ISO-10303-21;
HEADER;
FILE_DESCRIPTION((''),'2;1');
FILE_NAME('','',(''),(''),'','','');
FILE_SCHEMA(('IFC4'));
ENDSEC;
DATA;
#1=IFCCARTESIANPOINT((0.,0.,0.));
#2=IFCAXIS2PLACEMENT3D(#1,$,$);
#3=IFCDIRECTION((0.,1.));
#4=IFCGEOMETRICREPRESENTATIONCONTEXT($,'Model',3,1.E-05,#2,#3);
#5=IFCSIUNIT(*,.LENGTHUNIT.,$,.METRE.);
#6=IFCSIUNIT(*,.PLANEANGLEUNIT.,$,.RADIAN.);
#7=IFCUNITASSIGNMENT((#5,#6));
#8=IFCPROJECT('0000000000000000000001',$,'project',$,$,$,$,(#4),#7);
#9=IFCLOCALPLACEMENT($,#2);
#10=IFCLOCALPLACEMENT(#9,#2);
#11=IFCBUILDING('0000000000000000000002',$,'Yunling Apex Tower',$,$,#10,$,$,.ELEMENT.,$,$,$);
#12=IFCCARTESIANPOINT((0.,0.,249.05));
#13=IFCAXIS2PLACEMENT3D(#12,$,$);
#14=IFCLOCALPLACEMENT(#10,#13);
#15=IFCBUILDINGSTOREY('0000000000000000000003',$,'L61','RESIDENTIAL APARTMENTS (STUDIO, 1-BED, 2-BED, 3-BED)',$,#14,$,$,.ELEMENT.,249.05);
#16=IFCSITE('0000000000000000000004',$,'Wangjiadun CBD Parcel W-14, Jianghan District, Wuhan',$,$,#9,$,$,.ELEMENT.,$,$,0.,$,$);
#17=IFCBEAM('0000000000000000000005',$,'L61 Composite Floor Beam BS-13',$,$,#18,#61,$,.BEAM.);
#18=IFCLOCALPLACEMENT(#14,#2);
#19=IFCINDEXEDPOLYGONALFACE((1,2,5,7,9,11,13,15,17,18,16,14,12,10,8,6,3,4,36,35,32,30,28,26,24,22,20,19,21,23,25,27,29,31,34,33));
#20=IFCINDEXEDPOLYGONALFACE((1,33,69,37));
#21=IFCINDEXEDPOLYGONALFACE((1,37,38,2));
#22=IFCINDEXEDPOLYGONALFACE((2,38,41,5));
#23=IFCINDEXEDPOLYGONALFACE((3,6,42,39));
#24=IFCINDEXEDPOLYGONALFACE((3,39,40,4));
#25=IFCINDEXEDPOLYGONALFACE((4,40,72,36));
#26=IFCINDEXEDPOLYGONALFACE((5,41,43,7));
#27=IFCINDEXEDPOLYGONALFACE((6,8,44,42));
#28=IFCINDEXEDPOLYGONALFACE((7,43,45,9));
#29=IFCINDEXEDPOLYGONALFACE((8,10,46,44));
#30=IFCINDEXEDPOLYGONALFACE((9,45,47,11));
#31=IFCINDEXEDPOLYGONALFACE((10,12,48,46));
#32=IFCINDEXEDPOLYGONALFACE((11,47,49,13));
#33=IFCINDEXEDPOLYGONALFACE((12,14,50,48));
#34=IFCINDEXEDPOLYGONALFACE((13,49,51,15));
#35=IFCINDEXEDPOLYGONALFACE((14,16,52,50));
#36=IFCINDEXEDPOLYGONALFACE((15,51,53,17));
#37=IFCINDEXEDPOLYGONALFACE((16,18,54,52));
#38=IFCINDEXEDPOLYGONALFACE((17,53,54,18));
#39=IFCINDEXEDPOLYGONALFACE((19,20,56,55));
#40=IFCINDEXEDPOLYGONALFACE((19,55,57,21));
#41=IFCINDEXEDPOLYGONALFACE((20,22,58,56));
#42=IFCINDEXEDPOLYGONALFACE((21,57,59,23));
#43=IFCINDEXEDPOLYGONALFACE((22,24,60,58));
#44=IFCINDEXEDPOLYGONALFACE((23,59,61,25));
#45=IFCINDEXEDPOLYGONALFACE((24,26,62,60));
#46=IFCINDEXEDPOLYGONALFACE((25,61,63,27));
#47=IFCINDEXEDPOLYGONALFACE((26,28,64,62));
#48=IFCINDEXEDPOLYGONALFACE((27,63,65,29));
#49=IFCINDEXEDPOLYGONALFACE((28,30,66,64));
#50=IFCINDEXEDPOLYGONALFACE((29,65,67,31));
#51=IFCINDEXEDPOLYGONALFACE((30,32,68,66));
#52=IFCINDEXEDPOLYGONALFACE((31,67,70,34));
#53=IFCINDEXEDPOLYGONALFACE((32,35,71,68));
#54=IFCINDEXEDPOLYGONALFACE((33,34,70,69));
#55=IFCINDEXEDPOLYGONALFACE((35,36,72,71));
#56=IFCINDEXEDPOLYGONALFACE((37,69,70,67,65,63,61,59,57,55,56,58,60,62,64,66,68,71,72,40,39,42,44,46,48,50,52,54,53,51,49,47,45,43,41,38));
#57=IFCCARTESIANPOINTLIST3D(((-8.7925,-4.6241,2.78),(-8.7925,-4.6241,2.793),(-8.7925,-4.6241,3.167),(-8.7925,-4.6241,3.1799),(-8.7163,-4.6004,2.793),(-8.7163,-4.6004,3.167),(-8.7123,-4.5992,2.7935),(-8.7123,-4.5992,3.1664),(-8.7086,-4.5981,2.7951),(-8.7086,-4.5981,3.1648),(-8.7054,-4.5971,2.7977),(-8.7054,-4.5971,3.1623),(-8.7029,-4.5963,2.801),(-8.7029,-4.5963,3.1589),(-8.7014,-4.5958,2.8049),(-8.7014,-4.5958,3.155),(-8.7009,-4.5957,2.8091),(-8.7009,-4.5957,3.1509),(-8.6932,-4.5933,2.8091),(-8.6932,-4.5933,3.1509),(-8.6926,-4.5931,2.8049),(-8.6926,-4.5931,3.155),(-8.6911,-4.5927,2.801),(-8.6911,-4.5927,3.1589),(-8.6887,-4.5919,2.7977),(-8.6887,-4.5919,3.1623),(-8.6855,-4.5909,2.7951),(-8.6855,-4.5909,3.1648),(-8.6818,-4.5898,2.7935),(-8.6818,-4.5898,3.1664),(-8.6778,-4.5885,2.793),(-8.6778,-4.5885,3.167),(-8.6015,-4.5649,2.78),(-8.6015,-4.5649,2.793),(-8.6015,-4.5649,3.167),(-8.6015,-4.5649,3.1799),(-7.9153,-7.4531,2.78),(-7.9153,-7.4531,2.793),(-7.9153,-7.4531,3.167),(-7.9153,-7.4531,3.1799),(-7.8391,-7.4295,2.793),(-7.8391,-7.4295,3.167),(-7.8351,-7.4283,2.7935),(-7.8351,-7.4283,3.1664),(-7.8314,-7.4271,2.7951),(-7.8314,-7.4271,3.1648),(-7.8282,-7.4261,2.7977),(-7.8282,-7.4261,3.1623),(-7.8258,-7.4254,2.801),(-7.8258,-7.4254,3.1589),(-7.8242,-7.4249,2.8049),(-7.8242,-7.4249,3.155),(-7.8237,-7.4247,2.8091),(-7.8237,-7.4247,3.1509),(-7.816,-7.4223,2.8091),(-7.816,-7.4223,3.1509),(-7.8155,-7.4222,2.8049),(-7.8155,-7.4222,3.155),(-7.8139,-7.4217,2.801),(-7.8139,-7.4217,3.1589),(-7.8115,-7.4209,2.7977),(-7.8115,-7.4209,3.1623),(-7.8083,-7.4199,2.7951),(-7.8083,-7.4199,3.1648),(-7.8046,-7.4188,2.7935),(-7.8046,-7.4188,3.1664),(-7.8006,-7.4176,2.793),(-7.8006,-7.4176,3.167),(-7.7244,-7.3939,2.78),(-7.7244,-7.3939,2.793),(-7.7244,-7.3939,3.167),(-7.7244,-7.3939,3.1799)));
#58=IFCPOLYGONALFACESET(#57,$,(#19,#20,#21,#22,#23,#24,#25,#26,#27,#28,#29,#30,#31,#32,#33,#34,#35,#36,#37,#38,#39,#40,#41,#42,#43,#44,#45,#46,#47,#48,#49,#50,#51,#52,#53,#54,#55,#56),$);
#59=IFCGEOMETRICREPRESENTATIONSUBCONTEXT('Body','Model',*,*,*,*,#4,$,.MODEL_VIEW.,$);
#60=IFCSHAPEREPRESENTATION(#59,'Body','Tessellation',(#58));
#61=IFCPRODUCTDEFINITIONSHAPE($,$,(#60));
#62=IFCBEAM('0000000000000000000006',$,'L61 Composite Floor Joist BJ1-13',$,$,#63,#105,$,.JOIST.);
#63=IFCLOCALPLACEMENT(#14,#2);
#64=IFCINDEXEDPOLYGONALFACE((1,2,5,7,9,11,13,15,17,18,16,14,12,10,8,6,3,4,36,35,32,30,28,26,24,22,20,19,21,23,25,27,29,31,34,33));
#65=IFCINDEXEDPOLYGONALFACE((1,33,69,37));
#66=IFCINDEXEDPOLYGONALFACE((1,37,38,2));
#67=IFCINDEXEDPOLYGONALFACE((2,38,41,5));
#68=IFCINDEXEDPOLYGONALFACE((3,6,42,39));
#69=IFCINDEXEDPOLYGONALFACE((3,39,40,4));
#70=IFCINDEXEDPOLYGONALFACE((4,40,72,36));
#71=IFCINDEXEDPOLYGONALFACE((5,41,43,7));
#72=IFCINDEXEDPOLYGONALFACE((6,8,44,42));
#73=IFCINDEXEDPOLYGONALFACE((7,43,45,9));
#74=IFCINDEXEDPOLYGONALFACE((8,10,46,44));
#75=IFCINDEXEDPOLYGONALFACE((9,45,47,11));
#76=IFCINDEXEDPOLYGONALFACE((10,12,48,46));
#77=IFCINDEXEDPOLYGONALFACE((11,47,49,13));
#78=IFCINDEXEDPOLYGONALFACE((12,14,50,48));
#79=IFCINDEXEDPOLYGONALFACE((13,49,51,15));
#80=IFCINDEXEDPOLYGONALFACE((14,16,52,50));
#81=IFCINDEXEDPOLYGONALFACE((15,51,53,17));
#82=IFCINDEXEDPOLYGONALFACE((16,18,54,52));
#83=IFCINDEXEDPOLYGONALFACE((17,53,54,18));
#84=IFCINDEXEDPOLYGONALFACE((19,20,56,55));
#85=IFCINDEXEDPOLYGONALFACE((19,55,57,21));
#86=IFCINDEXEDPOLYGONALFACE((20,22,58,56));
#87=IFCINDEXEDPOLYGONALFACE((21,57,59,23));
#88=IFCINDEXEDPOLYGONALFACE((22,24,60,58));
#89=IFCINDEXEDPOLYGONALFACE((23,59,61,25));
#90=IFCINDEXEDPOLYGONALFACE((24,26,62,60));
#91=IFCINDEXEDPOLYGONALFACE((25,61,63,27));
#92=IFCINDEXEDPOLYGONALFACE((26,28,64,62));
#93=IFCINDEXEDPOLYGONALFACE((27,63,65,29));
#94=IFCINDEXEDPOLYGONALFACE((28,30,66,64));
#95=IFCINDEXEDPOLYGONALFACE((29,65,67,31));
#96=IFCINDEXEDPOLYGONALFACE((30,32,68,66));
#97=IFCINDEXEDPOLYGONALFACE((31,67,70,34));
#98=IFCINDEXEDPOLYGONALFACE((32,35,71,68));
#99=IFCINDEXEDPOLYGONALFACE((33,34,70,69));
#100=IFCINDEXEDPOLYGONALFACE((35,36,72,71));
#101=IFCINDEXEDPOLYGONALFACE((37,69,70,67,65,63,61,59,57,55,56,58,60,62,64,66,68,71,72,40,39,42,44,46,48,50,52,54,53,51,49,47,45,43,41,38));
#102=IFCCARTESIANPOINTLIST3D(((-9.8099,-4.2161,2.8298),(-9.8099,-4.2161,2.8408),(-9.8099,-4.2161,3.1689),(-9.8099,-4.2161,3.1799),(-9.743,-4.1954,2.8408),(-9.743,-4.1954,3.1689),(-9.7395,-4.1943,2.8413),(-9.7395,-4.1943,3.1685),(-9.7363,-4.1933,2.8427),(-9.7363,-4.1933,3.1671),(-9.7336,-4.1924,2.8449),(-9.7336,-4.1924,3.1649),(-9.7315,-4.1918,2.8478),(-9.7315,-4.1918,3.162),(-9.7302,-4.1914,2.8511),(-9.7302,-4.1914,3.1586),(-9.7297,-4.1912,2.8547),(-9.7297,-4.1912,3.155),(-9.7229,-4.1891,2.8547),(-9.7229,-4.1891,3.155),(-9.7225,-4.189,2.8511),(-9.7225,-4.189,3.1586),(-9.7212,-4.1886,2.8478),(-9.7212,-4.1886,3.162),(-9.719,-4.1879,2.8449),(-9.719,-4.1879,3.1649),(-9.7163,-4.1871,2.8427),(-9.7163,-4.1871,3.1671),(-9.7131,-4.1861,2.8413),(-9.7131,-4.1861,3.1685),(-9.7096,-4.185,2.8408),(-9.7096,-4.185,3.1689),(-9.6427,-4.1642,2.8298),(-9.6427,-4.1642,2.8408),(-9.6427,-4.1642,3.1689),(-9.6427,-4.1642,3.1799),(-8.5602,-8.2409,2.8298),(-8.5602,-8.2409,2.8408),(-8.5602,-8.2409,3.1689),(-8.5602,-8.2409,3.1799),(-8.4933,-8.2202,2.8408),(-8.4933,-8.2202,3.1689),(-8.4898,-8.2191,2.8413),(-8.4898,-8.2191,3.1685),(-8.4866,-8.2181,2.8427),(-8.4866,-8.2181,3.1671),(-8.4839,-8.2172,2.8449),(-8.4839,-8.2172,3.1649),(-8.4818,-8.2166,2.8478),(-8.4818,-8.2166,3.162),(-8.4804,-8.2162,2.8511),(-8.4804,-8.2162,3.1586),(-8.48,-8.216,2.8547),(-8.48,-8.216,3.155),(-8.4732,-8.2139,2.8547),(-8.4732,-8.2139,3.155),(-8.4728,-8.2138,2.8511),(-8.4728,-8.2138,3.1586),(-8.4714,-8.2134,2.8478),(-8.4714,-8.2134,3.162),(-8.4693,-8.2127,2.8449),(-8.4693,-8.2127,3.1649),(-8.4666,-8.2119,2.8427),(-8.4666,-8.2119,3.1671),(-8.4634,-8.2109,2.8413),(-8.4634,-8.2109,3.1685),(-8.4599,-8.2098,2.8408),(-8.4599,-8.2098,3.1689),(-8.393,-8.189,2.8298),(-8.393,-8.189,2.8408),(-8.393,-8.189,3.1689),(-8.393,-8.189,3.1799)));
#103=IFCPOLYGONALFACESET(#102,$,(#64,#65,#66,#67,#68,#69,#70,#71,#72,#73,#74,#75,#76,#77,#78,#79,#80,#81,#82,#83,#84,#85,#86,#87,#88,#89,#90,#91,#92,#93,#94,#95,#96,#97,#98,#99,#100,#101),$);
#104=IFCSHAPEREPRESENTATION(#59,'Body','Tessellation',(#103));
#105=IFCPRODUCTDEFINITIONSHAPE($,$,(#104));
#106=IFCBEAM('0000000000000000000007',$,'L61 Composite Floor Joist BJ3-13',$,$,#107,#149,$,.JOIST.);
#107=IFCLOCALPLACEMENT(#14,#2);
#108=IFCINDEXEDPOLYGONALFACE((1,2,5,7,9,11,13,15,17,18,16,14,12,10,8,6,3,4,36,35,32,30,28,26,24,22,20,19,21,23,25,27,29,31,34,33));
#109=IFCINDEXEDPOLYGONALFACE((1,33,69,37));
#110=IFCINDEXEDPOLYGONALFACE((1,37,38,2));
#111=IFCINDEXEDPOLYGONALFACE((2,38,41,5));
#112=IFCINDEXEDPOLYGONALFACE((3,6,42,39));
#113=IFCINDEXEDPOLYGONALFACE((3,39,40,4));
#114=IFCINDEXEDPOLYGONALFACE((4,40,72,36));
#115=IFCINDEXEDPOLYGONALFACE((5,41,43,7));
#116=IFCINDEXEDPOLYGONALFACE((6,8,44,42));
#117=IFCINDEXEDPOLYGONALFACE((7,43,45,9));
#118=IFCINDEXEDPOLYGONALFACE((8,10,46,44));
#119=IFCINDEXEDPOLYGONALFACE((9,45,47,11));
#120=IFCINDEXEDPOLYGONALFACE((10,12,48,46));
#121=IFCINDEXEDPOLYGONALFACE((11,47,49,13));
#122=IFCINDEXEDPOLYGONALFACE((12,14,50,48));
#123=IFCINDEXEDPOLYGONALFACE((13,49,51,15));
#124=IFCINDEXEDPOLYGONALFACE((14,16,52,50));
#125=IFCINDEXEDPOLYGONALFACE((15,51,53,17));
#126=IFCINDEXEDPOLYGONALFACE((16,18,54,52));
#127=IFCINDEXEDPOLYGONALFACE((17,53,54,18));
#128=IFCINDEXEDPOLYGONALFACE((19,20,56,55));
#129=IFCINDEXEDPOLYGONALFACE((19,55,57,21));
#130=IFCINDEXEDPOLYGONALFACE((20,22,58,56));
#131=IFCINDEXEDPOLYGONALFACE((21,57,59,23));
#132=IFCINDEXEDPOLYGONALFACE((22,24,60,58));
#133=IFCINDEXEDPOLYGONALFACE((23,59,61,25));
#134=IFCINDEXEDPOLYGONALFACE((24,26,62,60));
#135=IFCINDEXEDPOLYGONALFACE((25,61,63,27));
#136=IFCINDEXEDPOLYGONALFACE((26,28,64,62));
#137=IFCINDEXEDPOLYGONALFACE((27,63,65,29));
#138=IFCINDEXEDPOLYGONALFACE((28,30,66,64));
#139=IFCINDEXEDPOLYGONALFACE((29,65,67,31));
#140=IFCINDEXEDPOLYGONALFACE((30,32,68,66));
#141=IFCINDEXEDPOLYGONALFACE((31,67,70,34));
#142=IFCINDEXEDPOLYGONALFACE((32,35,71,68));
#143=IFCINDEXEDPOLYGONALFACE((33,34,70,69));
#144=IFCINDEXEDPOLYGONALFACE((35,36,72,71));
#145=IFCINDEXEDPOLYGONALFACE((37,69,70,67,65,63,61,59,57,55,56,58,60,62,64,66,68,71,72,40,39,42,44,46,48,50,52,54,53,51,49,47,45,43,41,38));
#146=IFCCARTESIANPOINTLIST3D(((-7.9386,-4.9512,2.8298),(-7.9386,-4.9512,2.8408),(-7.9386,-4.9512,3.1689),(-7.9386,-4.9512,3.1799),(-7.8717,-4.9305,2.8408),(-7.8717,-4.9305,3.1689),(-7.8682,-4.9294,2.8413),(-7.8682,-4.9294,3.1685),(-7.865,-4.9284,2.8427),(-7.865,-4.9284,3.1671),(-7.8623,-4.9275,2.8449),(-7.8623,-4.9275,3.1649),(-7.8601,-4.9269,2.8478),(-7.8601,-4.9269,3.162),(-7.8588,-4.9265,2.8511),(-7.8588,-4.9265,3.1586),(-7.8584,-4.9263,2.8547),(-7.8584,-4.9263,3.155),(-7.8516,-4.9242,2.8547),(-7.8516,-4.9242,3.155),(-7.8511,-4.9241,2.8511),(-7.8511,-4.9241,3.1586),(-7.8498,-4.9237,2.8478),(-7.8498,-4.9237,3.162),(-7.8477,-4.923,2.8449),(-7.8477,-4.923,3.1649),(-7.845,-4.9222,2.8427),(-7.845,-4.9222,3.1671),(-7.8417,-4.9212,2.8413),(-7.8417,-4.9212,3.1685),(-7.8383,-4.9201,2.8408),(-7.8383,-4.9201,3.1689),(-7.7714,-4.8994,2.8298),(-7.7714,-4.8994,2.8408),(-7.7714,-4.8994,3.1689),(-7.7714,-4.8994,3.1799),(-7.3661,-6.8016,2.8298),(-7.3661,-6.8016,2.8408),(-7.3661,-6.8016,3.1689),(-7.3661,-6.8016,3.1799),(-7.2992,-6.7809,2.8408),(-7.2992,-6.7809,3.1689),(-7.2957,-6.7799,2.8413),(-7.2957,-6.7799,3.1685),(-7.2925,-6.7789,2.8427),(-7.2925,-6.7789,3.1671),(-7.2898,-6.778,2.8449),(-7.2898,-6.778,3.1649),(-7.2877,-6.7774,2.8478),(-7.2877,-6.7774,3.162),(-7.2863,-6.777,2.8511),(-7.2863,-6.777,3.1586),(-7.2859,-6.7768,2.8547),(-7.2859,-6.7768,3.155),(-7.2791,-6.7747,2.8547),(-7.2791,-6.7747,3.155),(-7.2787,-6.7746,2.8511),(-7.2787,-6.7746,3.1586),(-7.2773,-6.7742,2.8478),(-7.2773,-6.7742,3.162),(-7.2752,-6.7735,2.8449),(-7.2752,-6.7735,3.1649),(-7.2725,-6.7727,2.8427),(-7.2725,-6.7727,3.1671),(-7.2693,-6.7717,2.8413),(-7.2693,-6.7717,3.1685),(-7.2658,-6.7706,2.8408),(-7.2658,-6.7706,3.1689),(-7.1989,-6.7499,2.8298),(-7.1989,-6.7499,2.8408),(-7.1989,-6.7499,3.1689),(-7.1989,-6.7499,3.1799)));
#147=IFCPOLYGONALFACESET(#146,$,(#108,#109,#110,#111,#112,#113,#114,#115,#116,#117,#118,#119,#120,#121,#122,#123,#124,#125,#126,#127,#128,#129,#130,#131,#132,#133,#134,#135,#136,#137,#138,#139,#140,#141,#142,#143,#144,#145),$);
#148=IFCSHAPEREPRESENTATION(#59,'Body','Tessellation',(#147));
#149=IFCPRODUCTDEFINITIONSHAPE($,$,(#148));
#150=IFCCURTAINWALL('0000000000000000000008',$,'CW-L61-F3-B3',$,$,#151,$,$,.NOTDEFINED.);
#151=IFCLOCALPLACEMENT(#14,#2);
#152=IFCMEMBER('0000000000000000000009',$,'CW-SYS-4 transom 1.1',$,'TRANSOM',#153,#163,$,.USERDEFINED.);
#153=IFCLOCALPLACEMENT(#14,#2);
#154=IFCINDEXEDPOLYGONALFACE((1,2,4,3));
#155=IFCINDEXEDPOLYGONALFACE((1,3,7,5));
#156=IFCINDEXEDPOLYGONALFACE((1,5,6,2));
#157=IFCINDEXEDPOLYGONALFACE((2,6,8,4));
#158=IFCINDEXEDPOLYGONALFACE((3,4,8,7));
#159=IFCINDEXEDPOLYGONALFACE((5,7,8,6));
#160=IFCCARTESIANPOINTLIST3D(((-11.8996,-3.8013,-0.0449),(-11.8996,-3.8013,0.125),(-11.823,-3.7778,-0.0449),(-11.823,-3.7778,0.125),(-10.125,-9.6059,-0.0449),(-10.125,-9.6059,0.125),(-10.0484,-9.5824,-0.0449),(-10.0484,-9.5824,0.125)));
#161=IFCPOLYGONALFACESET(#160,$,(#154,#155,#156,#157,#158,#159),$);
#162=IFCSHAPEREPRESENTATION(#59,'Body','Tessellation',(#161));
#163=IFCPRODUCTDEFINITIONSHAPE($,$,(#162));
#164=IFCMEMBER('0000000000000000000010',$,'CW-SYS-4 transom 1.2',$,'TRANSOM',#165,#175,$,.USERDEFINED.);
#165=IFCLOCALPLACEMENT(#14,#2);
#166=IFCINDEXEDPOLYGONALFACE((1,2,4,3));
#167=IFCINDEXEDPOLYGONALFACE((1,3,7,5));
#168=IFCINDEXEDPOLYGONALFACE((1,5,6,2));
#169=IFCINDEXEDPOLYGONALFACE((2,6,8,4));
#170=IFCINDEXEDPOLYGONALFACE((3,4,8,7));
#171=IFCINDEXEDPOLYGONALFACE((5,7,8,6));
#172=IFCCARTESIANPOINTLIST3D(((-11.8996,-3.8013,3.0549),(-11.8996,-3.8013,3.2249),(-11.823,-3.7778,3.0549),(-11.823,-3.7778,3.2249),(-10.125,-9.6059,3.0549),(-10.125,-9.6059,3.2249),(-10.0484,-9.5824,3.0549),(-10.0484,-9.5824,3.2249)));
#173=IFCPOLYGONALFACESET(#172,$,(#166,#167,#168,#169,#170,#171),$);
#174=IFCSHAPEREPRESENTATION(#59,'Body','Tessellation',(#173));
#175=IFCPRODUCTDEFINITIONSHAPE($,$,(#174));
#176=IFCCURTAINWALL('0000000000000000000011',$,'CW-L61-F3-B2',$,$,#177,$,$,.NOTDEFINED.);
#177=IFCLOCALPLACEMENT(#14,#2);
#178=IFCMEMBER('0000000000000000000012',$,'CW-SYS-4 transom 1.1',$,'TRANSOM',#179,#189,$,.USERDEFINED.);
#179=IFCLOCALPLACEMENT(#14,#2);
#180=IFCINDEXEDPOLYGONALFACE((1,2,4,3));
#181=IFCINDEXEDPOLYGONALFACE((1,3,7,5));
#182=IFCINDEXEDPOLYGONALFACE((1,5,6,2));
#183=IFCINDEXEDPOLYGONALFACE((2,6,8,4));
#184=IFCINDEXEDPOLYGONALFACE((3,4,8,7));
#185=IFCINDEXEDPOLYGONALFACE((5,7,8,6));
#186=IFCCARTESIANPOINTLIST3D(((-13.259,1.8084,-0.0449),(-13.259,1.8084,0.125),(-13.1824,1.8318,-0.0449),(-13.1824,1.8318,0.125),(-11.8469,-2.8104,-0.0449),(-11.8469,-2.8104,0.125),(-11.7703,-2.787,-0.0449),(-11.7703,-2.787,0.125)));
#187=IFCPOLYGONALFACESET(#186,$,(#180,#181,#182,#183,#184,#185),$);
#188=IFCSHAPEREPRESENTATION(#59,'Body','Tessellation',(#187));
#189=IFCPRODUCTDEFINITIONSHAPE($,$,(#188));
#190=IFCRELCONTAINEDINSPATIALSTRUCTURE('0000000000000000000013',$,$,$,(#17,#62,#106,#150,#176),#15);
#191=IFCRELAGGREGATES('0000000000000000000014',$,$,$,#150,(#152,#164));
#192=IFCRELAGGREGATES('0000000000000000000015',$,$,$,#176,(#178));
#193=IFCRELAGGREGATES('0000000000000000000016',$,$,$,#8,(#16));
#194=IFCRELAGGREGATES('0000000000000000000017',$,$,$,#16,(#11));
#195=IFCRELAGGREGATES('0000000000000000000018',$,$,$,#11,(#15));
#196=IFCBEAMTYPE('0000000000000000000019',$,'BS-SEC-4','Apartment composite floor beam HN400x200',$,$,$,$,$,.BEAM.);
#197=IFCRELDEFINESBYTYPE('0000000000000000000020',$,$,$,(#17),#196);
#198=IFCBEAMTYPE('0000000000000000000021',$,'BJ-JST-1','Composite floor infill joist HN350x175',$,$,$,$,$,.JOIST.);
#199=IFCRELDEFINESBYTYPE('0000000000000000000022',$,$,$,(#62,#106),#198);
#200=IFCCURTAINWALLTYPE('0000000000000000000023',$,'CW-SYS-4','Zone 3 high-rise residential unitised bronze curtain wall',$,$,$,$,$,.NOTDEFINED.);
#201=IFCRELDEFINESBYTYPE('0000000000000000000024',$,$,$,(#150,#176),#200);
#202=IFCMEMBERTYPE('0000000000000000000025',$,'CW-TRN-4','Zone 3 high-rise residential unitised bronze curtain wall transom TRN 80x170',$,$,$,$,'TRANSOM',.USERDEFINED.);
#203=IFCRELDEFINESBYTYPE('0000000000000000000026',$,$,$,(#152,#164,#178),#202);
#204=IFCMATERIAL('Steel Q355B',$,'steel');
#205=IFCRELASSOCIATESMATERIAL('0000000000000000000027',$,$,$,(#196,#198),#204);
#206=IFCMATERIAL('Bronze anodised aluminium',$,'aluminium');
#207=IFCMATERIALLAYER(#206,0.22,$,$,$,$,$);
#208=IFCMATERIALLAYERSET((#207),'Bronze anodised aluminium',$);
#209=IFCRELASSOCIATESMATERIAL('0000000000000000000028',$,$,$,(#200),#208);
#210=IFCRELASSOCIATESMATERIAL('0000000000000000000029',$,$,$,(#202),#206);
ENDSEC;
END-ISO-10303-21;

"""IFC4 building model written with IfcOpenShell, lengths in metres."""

from ifc_helpers import new_model, si_unit, direction, frame, origin, origin_2d, place, context, subcontext, project, spatial, rectangle, i_section, extrude, source, transform, mapped, material, layer, layer_set, material_profile, profile_set, type_object, element, aggregate, save


model = new_model("IFC4")

# Units and contexts
model_context = context("Model", 3, precision=1e-05, world=origin(), true_north=direction((0.0, 1.0)))
body_context = subcontext(model_context, "Body", "Model", "MODEL_VIEW")
ifc_project = project(units=[si_unit("LENGTHUNIT", "METRE"), si_unit("PLANEANGLEUNIT", "RADIAN")], contexts=[model_context])

# Site, building, storey
site_placement = place(None, origin())
site = spatial("IfcSite", under=ifc_project, at=site_placement, Name="Wangjiadun CBD Parcel W-14, Jianghan District, Wuhan", CompositionType="ELEMENT", RefElevation=0.0)
building_placement = place(site_placement, origin())
building = spatial("IfcBuilding", under=site, at=building_placement, Name="Yunling Apex Tower", CompositionType="ELEMENT")
storey_placement = place(building_placement, frame((0.0, 0.0, 249.05)))
storey = spatial("IfcBuildingStorey", under=building, at=storey_placement, Name="L61", Description="RESIDENTIAL APARTMENTS (STUDIO, 1-BED, 2-BED, 3-BED)", CompositionType="ELEMENT", Elevation=249.05)

# Beams
ifc_material_1 = material(Name="Steel Q355B", Category="steel")
ifc_material_profile_1 = material_profile(ifc_material_1, i_section(OverallWidth=0.2, OverallDepth=0.3999, WebThickness=0.0081, FlangeThickness=0.0129, FilletRadius=0.0161, at=origin_2d()))
ifc_profile_set_1 = profile_set([ifc_material_profile_1], Name="Steel Q355B")
beam_type_1 = type_object("IfcBeamType", Name="BS-SEC-4", Description="Apartment composite floor beam HN400x200", PredefinedType="BEAM", material=ifc_profile_set_1)
shared_shape_1 = source(origin(), body_context, "Body", "SweptSolid", [
    extrude(i_section(OverallWidth=0.2, OverallDepth=0.3999, WebThickness=0.0081, FlangeThickness=0.0129, FilletRadius=0.0161, at=origin_2d()), origin(), (0.0, 0.0, 1.0), 2.9619),
])
beam_1_placement = place(storey_placement, frame((-8.697, -4.5945, 2.98), z_axis=(0.296153, -0.955141, 0.0), x_axis=(0.955141, 0.296153, 0.0)))
element("IfcBeam", 1, at=beam_1_placement, inside=storey, type_object=beam_type_1, Name="L61 Composite Floor Beam BS-13", PredefinedType="BEAM", context=body_context, shape_type="MappedRepresentation", body=[
    mapped(shared_shape_1, transform((0.0, 0.0, 0.0), scale=1.0)),
])
ifc_material_profile_2 = material_profile(ifc_material_1, i_section(OverallWidth=0.175, OverallDepth=0.3501, WebThickness=0.0071, FlangeThickness=0.011, FilletRadius=0.0139, at=origin_2d()))
ifc_profile_set_2 = profile_set([ifc_material_profile_2], Name="Steel Q355B")
beam_type_2 = type_object("IfcBeamType", Name="BJ-JST-1", Description="Composite floor infill joist HN350x175", PredefinedType="JOIST", material=ifc_profile_set_2)
shared_shape_2 = source(origin(), body_context, "Body", "SweptSolid", [
    extrude(i_section(OverallWidth=0.175, OverallDepth=0.3501, WebThickness=0.0071, FlangeThickness=0.011, FilletRadius=0.0139, at=origin_2d()), origin(), (0.0, 0.0, 1.0), 4.2144),
])
beam_2_placement = place(storey_placement, frame((-9.7263, -4.1902, 3.0049), z_axis=(0.29654, -0.955021, 0.0), x_axis=(0.955021, 0.29654, 0.0)))
element("IfcBeam", 2, at=beam_2_placement, inside=storey, type_object=beam_type_2, Name="L61 Composite Floor Joist BJ1-13", PredefinedType="JOIST", context=body_context, shape_type="MappedRepresentation", body=[
    mapped(shared_shape_2, transform((0.0, 0.0, 0.0), scale=1.0)),
])
shared_shape_3 = source(origin(), body_context, "Body", "SweptSolid", [
    extrude(i_section(OverallWidth=0.175, OverallDepth=0.3501, WebThickness=0.0071, FlangeThickness=0.011, FilletRadius=0.0139, at=origin_2d()), origin(), (0.0, 0.0, 1.0), 1.937),
])
beam_3_placement = place(storey_placement, frame((-7.855, -4.9253, 3.0049), z_axis=(0.295547, -0.955328, 0.0), x_axis=(0.955328, 0.295547, 0.0)))
element("IfcBeam", 3, at=beam_3_placement, inside=storey, type_object=beam_type_2, Name="L61 Composite Floor Joist BJ3-13", PredefinedType="JOIST", context=body_context, shape_type="MappedRepresentation", body=[
    mapped(shared_shape_3, transform((0.0, 0.0, 0.0), scale=1.0)),
])

# Curtain walls, members
ifc_material_2 = material(Name="Bronze anodised aluminium", Category="aluminium")
ifc_layer_1 = layer(ifc_material_2, 0.22)
ifc_layer_set_1 = layer_set([ifc_layer_1], Name="Bronze anodised aluminium")
curtain_wall_type = type_object("IfcCurtainWallType", Name="CW-SYS-4", Description="Zone 3 high-rise residential unitised bronze curtain wall", PredefinedType="NOTDEFINED", material=ifc_layer_set_1)
curtain_wall_1_placement = place(storey_placement, origin())
curtain_wall_1 = element("IfcCurtainWall", 4, at=curtain_wall_1_placement, inside=storey, type_object=curtain_wall_type, Name="CW-L61-F3-B3", PredefinedType="NOTDEFINED")
ifc_material_profile_3 = material_profile(ifc_material_2, rectangle(XDim=0.0801, YDim=0.1699, at=origin_2d()))
ifc_profile_set_3 = profile_set([ifc_material_profile_3], Name="Bronze anodised aluminium")
member_type_1 = type_object("IfcMemberType", Name="CW-TRN-4", Description="Zone 3 high-rise residential unitised bronze curtain wall transom TRN 80x170", ElementType="TRANSOM", PredefinedType="USERDEFINED", material=ifc_profile_set_3)
shared_shape_4 = source(origin(), body_context, "Body", "SweptSolid", [
    extrude(rectangle(XDim=0.0801, YDim=0.1699, at=origin_2d()), origin(), (0.0, 0.0, 1.0), 6.0698),
])
member_1_placement = place(storey_placement, frame((-11.8613, -3.7896, 0.04), z_axis=(0.29237, -0.956305, 0.0), x_axis=(0.956305, 0.29237, 0.0)))
member_1 = element("IfcMember", 5, at=member_1_placement, type_object=member_type_1, Name="CW-SYS-4 transom 1.1", ObjectType="TRANSOM", PredefinedType="USERDEFINED", context=body_context, shape_type="MappedRepresentation", body=[
    mapped(shared_shape_4, transform((0.0, 0.0, 0.0), scale=1.0)),
])
member_2_placement = place(storey_placement, frame((-11.8613, -3.7896, 3.1399), z_axis=(0.29237, -0.956305, 0.0), x_axis=(0.956305, 0.29237, 0.0)))
member_2 = element("IfcMember", 6, at=member_2_placement, type_object=member_type_1, Name="CW-SYS-4 transom 1.2", ObjectType="TRANSOM", PredefinedType="USERDEFINED", context=body_context, shape_type="MappedRepresentation", body=[
    mapped(shared_shape_4, transform((0.0, 0.0, 0.0), scale=1.0)),
])
curtain_wall_2_placement = place(storey_placement, origin())
curtain_wall_2 = element("IfcCurtainWall", 7, at=curtain_wall_2_placement, inside=storey, type_object=curtain_wall_type, Name="CW-L61-F3-B2", PredefinedType="NOTDEFINED")
shared_shape_5 = source(origin(), body_context, "Body", "SweptSolid", [
    extrude(rectangle(XDim=0.0801, YDim=0.1699, at=origin_2d()), origin(), (0.0, 0.0, 1.0), 4.8298),
])
member_3_placement = place(storey_placement, frame((-13.2207, 1.8201, 0.04), z_axis=(0.292366, -0.956306, 0.0), x_axis=(0.956306, 0.292366, 0.0)))
member_3 = element("IfcMember", 8, at=member_3_placement, type_object=member_type_1, Name="CW-SYS-4 transom 1.1", ObjectType="TRANSOM", PredefinedType="USERDEFINED", context=body_context, shape_type="MappedRepresentation", body=[
    mapped(shared_shape_5, transform((0.0, 0.0, 0.0), scale=1.0)),
])

aggregate(curtain_wall_1, [member_1, member_2])

aggregate(curtain_wall_2, [member_3])

save(model, "model.ifc")
